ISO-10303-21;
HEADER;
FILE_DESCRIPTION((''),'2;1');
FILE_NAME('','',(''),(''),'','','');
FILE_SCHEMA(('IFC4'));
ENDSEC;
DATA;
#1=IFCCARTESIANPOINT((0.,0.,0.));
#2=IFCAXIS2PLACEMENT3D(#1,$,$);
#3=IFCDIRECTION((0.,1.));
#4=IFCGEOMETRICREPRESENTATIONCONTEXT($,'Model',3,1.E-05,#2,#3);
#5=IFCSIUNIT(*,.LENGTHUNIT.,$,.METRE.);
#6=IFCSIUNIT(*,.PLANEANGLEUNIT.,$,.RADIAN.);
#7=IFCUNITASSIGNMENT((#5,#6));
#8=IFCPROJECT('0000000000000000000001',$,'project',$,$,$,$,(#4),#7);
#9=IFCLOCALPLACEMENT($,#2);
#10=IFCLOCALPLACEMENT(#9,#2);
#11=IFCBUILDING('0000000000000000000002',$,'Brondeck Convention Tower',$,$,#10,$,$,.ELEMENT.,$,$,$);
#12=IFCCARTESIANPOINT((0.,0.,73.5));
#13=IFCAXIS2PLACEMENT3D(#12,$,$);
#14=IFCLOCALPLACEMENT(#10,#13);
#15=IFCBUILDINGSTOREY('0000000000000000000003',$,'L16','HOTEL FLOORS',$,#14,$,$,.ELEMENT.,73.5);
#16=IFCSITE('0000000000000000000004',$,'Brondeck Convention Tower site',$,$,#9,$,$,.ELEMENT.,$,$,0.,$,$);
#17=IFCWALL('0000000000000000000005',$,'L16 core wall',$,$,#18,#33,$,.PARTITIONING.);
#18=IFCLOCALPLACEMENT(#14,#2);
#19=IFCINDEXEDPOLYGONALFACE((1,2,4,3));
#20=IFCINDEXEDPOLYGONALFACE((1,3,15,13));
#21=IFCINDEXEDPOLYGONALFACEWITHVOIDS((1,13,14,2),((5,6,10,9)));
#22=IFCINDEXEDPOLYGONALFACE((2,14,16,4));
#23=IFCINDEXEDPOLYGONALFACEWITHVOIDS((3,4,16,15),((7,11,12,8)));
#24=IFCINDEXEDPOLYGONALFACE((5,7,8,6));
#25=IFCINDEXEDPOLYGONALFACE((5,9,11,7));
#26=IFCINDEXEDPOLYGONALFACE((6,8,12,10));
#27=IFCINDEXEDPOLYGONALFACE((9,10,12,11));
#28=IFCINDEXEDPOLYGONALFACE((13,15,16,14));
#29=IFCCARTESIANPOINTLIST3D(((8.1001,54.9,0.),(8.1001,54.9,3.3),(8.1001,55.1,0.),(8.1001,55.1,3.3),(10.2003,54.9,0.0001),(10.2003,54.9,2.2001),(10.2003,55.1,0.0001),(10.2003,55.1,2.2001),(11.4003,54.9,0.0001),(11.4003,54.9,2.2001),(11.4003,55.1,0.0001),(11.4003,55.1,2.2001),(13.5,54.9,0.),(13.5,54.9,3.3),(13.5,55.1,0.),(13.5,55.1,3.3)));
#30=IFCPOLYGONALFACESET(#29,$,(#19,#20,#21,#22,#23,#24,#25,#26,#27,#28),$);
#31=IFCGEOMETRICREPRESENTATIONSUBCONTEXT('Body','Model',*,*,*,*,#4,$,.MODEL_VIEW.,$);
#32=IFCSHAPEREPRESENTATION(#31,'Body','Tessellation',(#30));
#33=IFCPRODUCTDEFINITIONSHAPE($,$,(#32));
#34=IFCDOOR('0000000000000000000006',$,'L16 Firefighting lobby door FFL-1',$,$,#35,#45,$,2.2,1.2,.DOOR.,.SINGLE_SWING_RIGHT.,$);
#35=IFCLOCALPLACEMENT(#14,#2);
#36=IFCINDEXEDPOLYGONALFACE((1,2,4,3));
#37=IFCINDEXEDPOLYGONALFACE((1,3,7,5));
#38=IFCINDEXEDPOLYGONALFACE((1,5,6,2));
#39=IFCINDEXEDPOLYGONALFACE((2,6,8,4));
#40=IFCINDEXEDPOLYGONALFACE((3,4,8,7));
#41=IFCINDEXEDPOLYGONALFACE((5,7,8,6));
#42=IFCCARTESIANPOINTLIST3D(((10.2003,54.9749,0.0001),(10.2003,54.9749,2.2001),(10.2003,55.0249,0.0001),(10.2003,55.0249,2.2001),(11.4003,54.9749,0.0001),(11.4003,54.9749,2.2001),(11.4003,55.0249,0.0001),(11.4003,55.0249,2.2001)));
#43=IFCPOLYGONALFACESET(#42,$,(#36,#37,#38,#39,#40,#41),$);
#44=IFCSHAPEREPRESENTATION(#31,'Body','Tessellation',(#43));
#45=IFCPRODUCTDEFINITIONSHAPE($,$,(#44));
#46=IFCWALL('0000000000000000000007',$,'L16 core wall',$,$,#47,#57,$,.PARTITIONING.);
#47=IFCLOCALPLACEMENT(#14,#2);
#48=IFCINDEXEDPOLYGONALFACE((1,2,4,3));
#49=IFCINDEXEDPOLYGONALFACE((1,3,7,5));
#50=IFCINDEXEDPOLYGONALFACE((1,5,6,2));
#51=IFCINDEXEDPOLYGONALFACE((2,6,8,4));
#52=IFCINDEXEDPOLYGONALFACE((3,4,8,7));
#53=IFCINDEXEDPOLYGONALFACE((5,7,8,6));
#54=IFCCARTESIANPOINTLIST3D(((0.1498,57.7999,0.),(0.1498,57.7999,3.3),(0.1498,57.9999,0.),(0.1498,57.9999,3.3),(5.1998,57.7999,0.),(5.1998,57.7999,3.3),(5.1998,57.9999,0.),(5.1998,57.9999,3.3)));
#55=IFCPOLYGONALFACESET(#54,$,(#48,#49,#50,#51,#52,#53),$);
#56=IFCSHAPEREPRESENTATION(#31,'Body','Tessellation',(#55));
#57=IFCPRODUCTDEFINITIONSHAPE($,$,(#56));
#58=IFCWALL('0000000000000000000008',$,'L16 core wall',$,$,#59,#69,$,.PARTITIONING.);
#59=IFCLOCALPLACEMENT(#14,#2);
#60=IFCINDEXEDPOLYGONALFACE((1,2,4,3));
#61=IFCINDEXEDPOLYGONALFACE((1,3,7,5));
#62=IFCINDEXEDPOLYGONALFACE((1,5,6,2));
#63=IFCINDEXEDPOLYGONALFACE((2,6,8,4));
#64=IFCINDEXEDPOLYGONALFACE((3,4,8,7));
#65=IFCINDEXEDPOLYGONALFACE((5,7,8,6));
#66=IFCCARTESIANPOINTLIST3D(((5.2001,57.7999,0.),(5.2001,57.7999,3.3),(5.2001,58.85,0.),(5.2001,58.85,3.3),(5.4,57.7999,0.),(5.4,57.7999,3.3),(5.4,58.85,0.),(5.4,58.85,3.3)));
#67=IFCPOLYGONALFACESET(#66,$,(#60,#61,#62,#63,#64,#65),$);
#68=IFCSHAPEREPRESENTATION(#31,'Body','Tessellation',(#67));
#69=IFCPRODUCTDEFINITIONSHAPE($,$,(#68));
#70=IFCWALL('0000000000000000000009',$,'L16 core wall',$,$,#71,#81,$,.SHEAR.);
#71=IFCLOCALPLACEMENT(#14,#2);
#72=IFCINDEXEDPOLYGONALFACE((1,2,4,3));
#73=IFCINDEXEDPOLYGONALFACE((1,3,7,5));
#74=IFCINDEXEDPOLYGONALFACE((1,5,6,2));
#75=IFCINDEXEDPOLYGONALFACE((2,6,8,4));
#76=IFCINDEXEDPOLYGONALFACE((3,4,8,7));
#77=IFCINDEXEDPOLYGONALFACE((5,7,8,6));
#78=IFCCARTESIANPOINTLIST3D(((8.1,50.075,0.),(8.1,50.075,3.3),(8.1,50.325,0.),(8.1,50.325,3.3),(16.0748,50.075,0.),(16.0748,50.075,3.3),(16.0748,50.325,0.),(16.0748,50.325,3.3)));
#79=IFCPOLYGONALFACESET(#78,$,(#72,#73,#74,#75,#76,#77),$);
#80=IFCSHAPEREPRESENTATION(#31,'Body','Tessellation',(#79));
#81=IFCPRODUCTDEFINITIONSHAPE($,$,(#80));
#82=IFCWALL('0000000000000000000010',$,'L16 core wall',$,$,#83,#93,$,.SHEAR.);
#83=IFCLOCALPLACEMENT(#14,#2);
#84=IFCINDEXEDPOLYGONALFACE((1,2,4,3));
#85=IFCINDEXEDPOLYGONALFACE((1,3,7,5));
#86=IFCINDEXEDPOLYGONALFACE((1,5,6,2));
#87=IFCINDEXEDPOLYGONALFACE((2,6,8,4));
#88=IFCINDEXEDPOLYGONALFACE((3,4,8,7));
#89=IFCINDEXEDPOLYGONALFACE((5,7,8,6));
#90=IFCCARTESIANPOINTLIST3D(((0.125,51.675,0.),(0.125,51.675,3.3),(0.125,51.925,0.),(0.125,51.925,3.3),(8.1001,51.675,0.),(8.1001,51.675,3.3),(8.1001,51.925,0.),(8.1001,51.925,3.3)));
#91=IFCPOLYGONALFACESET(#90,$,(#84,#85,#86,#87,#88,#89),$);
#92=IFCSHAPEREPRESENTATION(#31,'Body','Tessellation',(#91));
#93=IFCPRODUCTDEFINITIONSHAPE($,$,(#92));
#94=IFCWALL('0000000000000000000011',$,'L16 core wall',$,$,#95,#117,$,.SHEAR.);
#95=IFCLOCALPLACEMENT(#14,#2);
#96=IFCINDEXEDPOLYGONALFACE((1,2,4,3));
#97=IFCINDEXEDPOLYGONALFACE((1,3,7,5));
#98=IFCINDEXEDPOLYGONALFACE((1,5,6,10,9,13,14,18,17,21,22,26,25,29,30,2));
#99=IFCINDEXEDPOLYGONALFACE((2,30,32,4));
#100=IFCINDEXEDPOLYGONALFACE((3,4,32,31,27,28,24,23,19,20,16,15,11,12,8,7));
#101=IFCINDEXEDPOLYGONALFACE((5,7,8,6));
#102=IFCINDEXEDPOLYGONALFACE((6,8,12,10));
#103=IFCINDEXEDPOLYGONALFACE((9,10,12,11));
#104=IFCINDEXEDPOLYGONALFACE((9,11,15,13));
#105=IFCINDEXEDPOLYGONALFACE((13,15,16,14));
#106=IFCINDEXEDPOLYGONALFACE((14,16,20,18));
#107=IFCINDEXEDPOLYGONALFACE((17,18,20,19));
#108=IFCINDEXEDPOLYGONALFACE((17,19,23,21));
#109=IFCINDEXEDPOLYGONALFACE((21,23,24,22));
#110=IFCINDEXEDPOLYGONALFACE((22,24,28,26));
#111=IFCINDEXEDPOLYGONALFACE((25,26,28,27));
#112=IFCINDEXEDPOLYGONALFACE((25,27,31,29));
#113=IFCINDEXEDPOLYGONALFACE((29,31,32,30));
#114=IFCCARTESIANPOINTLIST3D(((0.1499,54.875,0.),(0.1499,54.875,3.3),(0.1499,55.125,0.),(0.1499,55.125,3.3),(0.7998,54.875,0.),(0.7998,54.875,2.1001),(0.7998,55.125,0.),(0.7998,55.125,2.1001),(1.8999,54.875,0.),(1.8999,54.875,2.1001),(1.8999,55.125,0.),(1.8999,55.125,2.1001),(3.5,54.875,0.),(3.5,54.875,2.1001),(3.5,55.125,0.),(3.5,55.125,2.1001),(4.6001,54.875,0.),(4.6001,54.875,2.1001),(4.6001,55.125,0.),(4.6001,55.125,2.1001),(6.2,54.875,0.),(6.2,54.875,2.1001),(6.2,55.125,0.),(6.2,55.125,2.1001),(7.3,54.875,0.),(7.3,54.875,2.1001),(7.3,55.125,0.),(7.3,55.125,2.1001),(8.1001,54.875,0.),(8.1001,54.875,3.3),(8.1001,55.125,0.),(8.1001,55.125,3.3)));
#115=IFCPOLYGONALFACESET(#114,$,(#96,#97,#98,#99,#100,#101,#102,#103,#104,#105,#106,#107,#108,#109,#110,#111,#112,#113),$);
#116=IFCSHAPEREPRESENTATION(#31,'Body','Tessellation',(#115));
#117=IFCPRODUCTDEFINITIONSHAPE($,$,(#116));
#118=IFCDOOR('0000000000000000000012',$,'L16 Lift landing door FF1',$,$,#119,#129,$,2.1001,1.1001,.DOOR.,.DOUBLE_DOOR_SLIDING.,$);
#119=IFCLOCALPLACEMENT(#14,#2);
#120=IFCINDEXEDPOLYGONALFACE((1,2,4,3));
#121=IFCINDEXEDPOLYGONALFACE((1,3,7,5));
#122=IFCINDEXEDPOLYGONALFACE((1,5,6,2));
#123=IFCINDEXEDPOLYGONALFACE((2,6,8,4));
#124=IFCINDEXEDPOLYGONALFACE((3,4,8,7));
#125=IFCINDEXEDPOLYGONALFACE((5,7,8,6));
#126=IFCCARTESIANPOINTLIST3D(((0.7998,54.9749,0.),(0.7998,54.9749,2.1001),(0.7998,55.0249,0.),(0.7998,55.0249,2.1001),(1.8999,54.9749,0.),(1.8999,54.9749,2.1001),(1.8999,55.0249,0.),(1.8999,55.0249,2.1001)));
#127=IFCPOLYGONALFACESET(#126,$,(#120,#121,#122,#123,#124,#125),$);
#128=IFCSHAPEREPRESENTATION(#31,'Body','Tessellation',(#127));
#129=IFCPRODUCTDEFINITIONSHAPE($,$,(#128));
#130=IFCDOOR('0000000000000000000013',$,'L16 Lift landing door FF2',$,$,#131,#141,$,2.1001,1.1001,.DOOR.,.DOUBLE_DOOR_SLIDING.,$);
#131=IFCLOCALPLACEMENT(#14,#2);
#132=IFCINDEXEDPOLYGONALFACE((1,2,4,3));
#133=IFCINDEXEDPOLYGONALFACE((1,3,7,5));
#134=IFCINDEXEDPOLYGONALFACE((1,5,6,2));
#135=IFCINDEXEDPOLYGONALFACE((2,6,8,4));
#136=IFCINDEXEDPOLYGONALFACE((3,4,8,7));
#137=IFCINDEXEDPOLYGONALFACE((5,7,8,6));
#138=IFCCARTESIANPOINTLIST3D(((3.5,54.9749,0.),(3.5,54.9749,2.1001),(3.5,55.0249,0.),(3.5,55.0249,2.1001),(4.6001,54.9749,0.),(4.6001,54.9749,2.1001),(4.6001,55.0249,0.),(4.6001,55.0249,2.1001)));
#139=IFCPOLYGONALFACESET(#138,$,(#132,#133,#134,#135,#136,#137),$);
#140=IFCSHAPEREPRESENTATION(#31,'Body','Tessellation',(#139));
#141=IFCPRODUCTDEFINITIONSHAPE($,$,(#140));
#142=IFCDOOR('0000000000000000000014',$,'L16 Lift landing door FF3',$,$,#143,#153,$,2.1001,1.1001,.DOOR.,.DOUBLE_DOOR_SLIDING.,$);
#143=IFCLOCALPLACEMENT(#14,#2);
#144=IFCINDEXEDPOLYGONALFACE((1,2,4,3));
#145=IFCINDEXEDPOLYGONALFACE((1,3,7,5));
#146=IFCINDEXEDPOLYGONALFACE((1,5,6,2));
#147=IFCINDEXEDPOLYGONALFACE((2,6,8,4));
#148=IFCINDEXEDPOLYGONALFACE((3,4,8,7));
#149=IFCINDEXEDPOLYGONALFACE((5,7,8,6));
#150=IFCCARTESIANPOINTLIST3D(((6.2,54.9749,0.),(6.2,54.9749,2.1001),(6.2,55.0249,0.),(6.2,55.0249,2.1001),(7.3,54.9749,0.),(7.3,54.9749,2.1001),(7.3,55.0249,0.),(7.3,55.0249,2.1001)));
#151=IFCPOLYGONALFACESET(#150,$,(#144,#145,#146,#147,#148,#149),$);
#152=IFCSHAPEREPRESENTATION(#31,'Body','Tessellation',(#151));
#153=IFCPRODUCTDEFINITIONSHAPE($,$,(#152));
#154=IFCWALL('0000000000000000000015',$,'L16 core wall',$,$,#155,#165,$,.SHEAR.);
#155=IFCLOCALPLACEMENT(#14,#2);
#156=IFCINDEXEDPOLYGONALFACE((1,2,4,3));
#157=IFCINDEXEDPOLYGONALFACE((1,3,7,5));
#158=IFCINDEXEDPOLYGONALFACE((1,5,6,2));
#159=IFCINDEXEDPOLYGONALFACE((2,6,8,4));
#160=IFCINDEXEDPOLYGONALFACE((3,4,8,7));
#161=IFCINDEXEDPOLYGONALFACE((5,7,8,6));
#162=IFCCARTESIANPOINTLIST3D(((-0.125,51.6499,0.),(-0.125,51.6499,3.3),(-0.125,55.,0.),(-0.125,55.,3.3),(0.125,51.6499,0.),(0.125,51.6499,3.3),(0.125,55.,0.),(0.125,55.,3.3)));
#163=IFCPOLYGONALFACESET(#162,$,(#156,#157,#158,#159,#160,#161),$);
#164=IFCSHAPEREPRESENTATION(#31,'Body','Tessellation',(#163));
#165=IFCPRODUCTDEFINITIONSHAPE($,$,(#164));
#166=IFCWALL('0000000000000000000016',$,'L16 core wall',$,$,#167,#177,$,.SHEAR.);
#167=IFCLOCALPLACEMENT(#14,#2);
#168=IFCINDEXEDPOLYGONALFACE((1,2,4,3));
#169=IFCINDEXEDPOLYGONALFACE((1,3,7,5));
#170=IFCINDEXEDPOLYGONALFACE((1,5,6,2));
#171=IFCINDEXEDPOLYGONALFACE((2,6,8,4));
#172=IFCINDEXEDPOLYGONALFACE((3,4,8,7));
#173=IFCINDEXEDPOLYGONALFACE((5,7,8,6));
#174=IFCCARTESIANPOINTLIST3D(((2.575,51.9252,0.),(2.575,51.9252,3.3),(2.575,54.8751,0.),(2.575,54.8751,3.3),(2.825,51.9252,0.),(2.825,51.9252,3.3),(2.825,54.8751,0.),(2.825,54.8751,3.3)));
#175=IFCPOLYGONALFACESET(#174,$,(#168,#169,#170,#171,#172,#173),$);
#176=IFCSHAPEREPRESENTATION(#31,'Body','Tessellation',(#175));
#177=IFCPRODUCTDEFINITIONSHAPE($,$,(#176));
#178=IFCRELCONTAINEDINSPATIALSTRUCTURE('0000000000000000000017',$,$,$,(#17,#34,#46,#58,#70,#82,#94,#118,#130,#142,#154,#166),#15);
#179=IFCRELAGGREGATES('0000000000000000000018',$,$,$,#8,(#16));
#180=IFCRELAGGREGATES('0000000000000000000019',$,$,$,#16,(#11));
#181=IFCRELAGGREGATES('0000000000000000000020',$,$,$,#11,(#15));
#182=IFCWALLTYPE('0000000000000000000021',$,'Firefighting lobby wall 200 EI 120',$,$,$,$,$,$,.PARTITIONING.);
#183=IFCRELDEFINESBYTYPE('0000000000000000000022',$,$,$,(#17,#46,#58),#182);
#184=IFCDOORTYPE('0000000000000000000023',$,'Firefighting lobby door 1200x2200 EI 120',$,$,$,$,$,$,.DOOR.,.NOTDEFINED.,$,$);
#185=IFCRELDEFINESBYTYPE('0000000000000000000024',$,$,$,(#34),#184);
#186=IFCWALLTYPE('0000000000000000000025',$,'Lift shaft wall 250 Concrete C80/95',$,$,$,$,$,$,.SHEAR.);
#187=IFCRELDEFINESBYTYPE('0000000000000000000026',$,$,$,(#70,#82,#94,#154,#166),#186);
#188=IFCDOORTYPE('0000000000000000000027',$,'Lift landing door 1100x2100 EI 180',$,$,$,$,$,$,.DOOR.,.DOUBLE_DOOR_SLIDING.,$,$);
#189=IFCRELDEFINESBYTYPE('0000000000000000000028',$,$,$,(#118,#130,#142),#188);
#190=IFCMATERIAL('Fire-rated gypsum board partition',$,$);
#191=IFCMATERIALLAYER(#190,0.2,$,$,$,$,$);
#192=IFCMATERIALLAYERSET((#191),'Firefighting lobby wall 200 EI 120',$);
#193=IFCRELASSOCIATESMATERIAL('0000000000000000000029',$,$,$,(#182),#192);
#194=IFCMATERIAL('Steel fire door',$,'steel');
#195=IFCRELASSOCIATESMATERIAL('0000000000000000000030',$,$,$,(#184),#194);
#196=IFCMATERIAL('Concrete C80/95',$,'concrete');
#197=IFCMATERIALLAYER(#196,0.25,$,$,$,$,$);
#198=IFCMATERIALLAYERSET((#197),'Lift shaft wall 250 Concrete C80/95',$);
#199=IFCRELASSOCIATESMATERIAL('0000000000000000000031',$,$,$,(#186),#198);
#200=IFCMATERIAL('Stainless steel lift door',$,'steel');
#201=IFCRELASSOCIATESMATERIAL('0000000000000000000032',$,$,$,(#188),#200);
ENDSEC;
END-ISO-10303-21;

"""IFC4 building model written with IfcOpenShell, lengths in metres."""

from ifc_helpers import new_model, si_unit, direction, frame, frame_2d, origin, place, context, subcontext, project, spatial, rectangle, extrude, material, layer, layer_set, type_object, element, fill, save


model = new_model("IFC4")

# Units and contexts
model_context = context("Model", 3, precision=1e-05, world=origin(), true_north=direction((0.0, 1.0)))
body_context = subcontext(model_context, "Body", "Model", "MODEL_VIEW")
ifc_project = project(units=[si_unit("LENGTHUNIT", "METRE"), si_unit("PLANEANGLEUNIT", "RADIAN")], contexts=[model_context])

# Site, building, storey
site_placement = place(None, origin())
site = spatial("IfcSite", under=ifc_project, at=site_placement, Name="Brondeck Convention Tower site", CompositionType="ELEMENT", RefElevation=0.0)
building_placement = place(site_placement, origin())
building = spatial("IfcBuilding", under=site, at=building_placement, Name="Brondeck Convention Tower", CompositionType="ELEMENT")
storey_placement = place(building_placement, frame((0.0, 0.0, 73.5)))
storey = spatial("IfcBuildingStorey", under=building, at=storey_placement, Name="L16", Description="HOTEL FLOORS", CompositionType="ELEMENT", Elevation=73.5)

# Shared definitions
ifc_material_1 = material(Name="Concrete C80/95", Category="concrete")

# Shared definitions
ifc_material_2 = material(Name="Fire-rated gypsum board partition")

# Wall, opening, door
ifc_layer_1 = layer(ifc_material_2, 0.2)
ifc_layer_set_1 = layer_set([ifc_layer_1], Name="Firefighting lobby wall 200 EI 120")
wall_type_1 = type_object("IfcWallType", Name="Firefighting lobby wall 200 EI 120", PredefinedType="PARTITIONING", material=ifc_layer_set_1)
wall_1_placement = place(storey_placement, frame((8.1001, 55.0, 0.0), z_axis=(0.0, 0.0, 1.0), x_axis=(1.0, 0.0, 0.0)))
wall_1 = element("IfcWall", 1, at=wall_1_placement, inside=storey, type_object=wall_type_1, Name="L16 core wall", PredefinedType="PARTITIONING", context=body_context, shape_type="SweptSolid", body=[
    extrude(rectangle(XDim=5.3999, YDim=0.2, at=frame_2d((2.7, 0.0))), origin(), (0.0, 0.0, 1.0), 3.3),
])
opening_1_placement = place(wall_1_placement, frame((2.1001, 0.0, 0.0)))
opening_1 = element("IfcOpeningElement", 2, at=opening_1_placement, cuts=wall_1, PredefinedType="OPENING", context=body_context, shape_type="SweptSolid", body=[
    extrude(rectangle(XDim=1.2, YDim=2.2, at=frame_2d((0.6001, 1.1001))), frame((0.0, 0.1099, 0.0), z_axis=(0.0, -1.0, 0.0), x_axis=(1.0, 0.0, 0.0)), (0.0, 0.0, 1.0), 0.22),
])
ifc_material_3 = material(Name="Steel fire door", Category="steel")
door_type_1 = type_object("IfcDoorType", Name="Firefighting lobby door 1200x2200 EI 120", OperationType="NOTDEFINED", PredefinedType="DOOR", material=ifc_material_3)
door_1_placement = place(opening_1_placement, origin())
door_1 = element("IfcDoor", 3, at=door_1_placement, inside=storey, type_object=door_type_1, Name="L16 Firefighting lobby door FFL-1", OperationType="SINGLE_SWING_RIGHT", OverallHeight=2.2, OverallWidth=1.2, PredefinedType="DOOR", context=body_context, shape_type="SweptSolid", body=[
    extrude(rectangle(XDim=1.2, YDim=2.2, at=frame_2d((0.6001, 1.1001))), frame((0.0, 0.0249, 0.0), z_axis=(0.0, -1.0, 0.0), x_axis=(1.0, 0.0, 0.0)), (0.0, 0.0, 1.0), 0.05),
])
fill(opening_1, door_1)

# Walls
wall_2_placement = place(storey_placement, frame((0.1499, 57.8999, 0.0), z_axis=(0.0, 0.0, 1.0), x_axis=(1.0, 0.0, 0.0)))
element("IfcWall", 4, at=wall_2_placement, inside=storey, type_object=wall_type_1, Name="L16 core wall", PredefinedType="PARTITIONING", context=body_context, shape_type="SweptSolid", body=[
    extrude(rectangle(XDim=5.05, YDim=0.2, at=frame_2d((2.5249, 0.0))), origin(), (0.0, 0.0, 1.0), 3.3),
])
wall_3_placement = place(storey_placement, frame((5.3, 57.8, 0.0), z_axis=(0.0, 0.0, 1.0), x_axis=(0.0, 1.0, 0.0)))
element("IfcWall", 5, at=wall_3_placement, inside=storey, type_object=wall_type_1, Name="L16 core wall", PredefinedType="PARTITIONING", context=body_context, shape_type="SweptSolid", body=[
    extrude(rectangle(XDim=1.05, YDim=0.2, at=frame_2d((0.5249, 0.0))), origin(), (0.0, 0.0, 1.0), 3.3),
])
ifc_layer_2 = layer(ifc_material_1, 0.25)
ifc_layer_set_2 = layer_set([ifc_layer_2], Name="Lift shaft wall 250 Concrete C80/95")
wall_type_2 = type_object("IfcWallType", Name="Lift shaft wall 250 Concrete C80/95", PredefinedType="SHEAR", material=ifc_layer_set_2)
wall_4_placement = place(storey_placement, frame((8.1001, 50.2, 0.0), z_axis=(0.0, 0.0, 1.0), x_axis=(1.0, 0.0, 0.0)))
element("IfcWall", 6, at=wall_4_placement, inside=storey, type_object=wall_type_2, Name="L16 core wall", PredefinedType="SHEAR", context=body_context, shape_type="SweptSolid", body=[
    extrude(rectangle(XDim=7.9749, YDim=0.25, at=frame_2d((3.9873, 0.0))), origin(), (0.0, 0.0, 1.0), 3.3),
])
wall_5_placement = place(storey_placement, frame((0.125, 51.8, 0.0), z_axis=(0.0, 0.0, 1.0), x_axis=(1.0, 0.0, 0.0)))
element("IfcWall", 7, at=wall_5_placement, inside=storey, type_object=wall_type_2, Name="L16 core wall", PredefinedType="SHEAR", context=body_context, shape_type="SweptSolid", body=[
    extrude(rectangle(XDim=7.9751, YDim=0.25, at=frame_2d((3.9875, 0.0))), origin(), (0.0, 0.0, 1.0), 3.3),
])

# Wall, openings, doors
wall_6_placement = place(storey_placement, frame((0.1499, 55.0, 0.0), z_axis=(0.0, 0.0, 1.0), x_axis=(1.0, 0.0, 0.0)))
wall_6 = element("IfcWall", 8, at=wall_6_placement, inside=storey, type_object=wall_type_2, Name="L16 core wall", PredefinedType="SHEAR", context=body_context, shape_type="SweptSolid", body=[
    extrude(rectangle(XDim=7.9502, YDim=0.25, at=frame_2d((3.9751, 0.0))), origin(), (0.0, 0.0, 1.0), 3.3),
])
opening_2_placement = place(wall_6_placement, frame((0.6499, 0.0, 0.0)))
opening_2 = element("IfcOpeningElement", 9, at=opening_2_placement, cuts=wall_6, PredefinedType="OPENING", context=body_context, shape_type="SweptSolid", body=[
    extrude(rectangle(XDim=1.1001, YDim=2.1001, at=frame_2d((0.55, 1.05))), frame((0.0, 0.135, 0.0), z_axis=(0.0, -1.0, 0.0), x_axis=(1.0, 0.0, 0.0)), (0.0, 0.0, 1.0), 0.27),
])
opening_3_placement = place(wall_6_placement, frame((3.3501, 0.0, 0.0)))
opening_3 = element("IfcOpeningElement", 10, at=opening_3_placement, cuts=wall_6, PredefinedType="OPENING", context=body_context, shape_type="SweptSolid", body=[
    extrude(rectangle(XDim=1.1001, YDim=2.1001, at=frame_2d((0.55, 1.05))), frame((0.0, 0.135, 0.0), z_axis=(0.0, -1.0, 0.0), x_axis=(1.0, 0.0, 0.0)), (0.0, 0.0, 1.0), 0.27),
])
opening_4_placement = place(wall_6_placement, frame((6.05, 0.0, 0.0)))
opening_4 = element("IfcOpeningElement", 11, at=opening_4_placement, cuts=wall_6, PredefinedType="OPENING", context=body_context, shape_type="SweptSolid", body=[
    extrude(rectangle(XDim=1.1001, YDim=2.1001, at=frame_2d((0.55, 1.05))), frame((0.0, 0.135, 0.0), z_axis=(0.0, -1.0, 0.0), x_axis=(1.0, 0.0, 0.0)), (0.0, 0.0, 1.0), 0.27),
])
ifc_material_4 = material(Name="Stainless steel lift door", Category="steel")
door_type_2 = type_object("IfcDoorType", Name="Lift landing door 1100x2100 EI 180", OperationType="DOUBLE_DOOR_SLIDING", PredefinedType="DOOR", material=ifc_material_4)
door_2_placement = place(opening_2_placement, origin())
door_2 = element("IfcDoor", 12, at=door_2_placement, inside=storey, type_object=door_type_2, Name="L16 Lift landing door FF1", OperationType="DOUBLE_DOOR_SLIDING", OverallHeight=2.1001, OverallWidth=1.1001, PredefinedType="DOOR", context=body_context, shape_type="SweptSolid", body=[
    extrude(rectangle(XDim=1.1001, YDim=2.1001, at=frame_2d((0.55, 1.05))), frame((0.0, 0.0249, 0.0), z_axis=(0.0, -1.0, 0.0), x_axis=(1.0, 0.0, 0.0)), (0.0, 0.0, 1.0), 0.05),
])
fill(opening_2, door_2)
door_3_placement = place(opening_3_placement, origin())
door_3 = element("IfcDoor", 13, at=door_3_placement, inside=storey, type_object=door_type_2, Name="L16 Lift landing door FF2", OperationType="DOUBLE_DOOR_SLIDING", OverallHeight=2.1001, OverallWidth=1.1001, PredefinedType="DOOR", context=body_context, shape_type="SweptSolid", body=[
    extrude(rectangle(XDim=1.1001, YDim=2.1001, at=frame_2d((0.55, 1.05))), frame((0.0, 0.0249, 0.0), z_axis=(0.0, -1.0, 0.0), x_axis=(1.0, 0.0, 0.0)), (0.0, 0.0, 1.0), 0.05),
])
fill(opening_3, door_3)
door_4_placement = place(opening_4_placement, origin())
door_4 = element("IfcDoor", 14, at=door_4_placement, inside=storey, type_object=door_type_2, Name="L16 Lift landing door FF3", OperationType="DOUBLE_DOOR_SLIDING", OverallHeight=2.1001, OverallWidth=1.1001, PredefinedType="DOOR", context=body_context, shape_type="SweptSolid", body=[
    extrude(rectangle(XDim=1.1001, YDim=2.1001, at=frame_2d((0.55, 1.05))), frame((0.0, 0.0249, 0.0), z_axis=(0.0, -1.0, 0.0), x_axis=(1.0, 0.0, 0.0)), (0.0, 0.0, 1.0), 0.05),
])
fill(opening_4, door_4)

# Walls
wall_7_placement = place(storey_placement, frame((0.0, 51.6499, 0.0), z_axis=(0.0, 0.0, 1.0), x_axis=(0.0, 1.0, 0.0)))
element("IfcWall", 15, at=wall_7_placement, inside=storey, type_object=wall_type_2, Name="L16 core wall", PredefinedType="SHEAR", context=body_context, shape_type="SweptSolid", body=[
    extrude(rectangle(XDim=3.3501, YDim=0.25, at=frame_2d((1.675, 0.0))), origin(), (0.0, 0.0, 1.0), 3.3),
])
for number, where, z_axis, x_axis, name in (
    (16, (2.7, 51.925, 0.0), (0.0, 0.0, 1.0), (0.0, 1.0, 0.0), "L16 core wall"),
):
    element("IfcWall", number, at=place(storey_placement, frame(where, z_axis=z_axis, x_axis=x_axis)), inside=storey, type_object=wall_type_2, Name=name, PredefinedType="SHEAR", context=body_context, shape_type="SweptSolid", body=[
        extrude(rectangle(XDim=2.95, YDim=0.25, at=frame_2d((1.4751, 0.0))), origin(), (0.0, 0.0, 1.0), 3.3),
    ])

save(model, "model.ifc")
